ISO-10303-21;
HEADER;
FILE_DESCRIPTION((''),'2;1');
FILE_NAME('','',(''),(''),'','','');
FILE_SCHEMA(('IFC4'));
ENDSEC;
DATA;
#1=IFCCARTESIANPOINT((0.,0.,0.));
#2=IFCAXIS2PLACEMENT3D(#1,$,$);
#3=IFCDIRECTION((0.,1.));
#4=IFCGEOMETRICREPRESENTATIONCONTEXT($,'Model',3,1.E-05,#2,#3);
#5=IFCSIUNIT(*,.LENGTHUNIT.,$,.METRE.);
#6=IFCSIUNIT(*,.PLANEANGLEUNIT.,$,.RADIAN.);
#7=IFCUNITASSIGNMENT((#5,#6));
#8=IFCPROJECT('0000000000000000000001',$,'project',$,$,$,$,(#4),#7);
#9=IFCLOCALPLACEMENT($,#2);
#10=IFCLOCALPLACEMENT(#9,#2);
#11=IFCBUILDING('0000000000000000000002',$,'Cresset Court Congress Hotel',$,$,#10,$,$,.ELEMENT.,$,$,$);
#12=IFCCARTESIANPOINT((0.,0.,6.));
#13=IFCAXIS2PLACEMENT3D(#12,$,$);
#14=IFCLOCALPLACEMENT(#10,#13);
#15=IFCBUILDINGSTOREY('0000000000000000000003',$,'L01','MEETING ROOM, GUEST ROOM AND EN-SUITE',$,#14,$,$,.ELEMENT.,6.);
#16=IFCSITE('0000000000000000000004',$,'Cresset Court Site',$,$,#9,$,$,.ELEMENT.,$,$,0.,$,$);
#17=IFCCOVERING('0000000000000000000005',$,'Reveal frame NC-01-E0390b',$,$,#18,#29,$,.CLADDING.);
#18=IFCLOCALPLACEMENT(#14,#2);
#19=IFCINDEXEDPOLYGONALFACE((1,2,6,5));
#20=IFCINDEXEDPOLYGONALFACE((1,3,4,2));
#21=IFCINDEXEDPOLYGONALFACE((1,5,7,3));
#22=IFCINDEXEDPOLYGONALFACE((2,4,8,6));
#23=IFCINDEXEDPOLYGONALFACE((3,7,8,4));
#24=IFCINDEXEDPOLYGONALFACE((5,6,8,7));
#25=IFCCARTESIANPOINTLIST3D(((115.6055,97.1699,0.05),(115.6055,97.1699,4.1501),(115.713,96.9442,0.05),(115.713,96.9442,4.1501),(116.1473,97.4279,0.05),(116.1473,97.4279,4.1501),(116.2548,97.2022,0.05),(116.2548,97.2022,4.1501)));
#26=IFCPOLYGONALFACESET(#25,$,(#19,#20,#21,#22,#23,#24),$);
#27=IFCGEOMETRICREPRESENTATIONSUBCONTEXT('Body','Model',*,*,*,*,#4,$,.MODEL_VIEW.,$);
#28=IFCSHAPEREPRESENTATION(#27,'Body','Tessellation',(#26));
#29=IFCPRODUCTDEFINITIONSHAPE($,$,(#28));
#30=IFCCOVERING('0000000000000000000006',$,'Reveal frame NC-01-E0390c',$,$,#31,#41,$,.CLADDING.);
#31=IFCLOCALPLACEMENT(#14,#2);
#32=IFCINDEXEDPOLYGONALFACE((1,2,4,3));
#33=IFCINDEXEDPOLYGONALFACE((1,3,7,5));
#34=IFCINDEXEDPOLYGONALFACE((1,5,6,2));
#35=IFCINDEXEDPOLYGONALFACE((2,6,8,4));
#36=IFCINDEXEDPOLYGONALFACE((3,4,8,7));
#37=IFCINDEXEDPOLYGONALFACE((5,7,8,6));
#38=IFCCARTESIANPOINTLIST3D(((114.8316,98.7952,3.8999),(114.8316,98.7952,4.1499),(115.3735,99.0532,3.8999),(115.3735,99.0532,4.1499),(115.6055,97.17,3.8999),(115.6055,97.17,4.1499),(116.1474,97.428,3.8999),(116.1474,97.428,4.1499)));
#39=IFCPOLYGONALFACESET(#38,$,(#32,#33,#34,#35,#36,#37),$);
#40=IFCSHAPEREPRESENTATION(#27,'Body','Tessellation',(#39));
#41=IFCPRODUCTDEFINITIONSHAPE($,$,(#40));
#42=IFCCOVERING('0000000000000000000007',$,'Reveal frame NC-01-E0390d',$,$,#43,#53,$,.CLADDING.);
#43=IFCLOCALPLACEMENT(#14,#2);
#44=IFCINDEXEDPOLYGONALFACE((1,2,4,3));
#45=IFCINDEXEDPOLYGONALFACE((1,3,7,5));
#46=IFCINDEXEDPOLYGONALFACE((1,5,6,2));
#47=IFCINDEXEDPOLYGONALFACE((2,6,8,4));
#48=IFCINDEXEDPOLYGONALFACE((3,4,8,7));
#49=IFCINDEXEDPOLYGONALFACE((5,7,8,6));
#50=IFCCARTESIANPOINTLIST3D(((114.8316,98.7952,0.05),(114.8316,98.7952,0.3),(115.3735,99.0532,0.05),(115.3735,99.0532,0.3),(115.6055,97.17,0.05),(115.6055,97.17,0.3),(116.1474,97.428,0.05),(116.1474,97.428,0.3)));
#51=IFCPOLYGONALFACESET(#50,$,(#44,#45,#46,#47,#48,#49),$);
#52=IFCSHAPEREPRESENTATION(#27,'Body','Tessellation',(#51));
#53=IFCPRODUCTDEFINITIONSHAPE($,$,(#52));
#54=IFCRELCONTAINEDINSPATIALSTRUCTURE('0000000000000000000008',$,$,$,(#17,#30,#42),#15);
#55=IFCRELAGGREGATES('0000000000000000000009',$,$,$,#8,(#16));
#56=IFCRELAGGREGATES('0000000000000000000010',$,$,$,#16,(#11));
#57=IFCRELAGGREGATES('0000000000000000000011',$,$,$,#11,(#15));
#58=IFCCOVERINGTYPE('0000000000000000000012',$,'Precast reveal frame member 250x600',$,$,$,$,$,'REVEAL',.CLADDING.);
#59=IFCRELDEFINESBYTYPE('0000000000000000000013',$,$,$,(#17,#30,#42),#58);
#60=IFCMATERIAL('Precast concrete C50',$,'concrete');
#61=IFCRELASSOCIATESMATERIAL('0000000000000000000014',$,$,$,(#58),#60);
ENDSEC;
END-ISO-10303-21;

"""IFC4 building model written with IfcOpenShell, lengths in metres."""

from ifc_helpers import new_model, si_unit, direction, frame, origin, origin_2d, place, context, subcontext, project, spatial, rectangle, extrude, material, type_object, element, save


model = new_model("IFC4")

# Units and contexts
model_context = context("Model", 3, precision=1e-05, world=origin(), true_north=direction((0.0, 1.0)))
body_context = subcontext(model_context, "Body", "Model", "MODEL_VIEW")
ifc_project = project(units=[si_unit("LENGTHUNIT", "METRE"), si_unit("PLANEANGLEUNIT", "RADIAN")], contexts=[model_context])

# Site, building, storey
site_placement = place(None, origin())
site = spatial("IfcSite", under=ifc_project, at=site_placement, Name="Cresset Court Site", CompositionType="ELEMENT", RefElevation=0.0)
building_placement = place(site_placement, origin())
building = spatial("IfcBuilding", under=site, at=building_placement, Name="Cresset Court Congress Hotel", CompositionType="ELEMENT")
storey_placement = place(building_placement, frame((0.0, 0.0, 6.0)))
storey = spatial("IfcBuildingStorey", under=building, at=storey_placement, Name="L01", Description="MEETING ROOM, GUEST ROOM AND EN-SUITE", CompositionType="ELEMENT", Elevation=6.0)

# Coverings
ifc_material_1 = material(Name="Precast concrete C50", Category="concrete")
covering_type = type_object("IfcCoveringType", Name="Precast reveal frame member 250x600", ElementType="REVEAL", PredefinedType="CLADDING", material=ifc_material_1)
for number, where, z_axis, x_axis, name in (
    (1, (115.9302, 97.186, 0.05), (0.0, 0.0, 1.0), (0.429933, -0.902861, 0.0), "Reveal frame NC-01-E0390b"),
):
    element("IfcCovering", number, at=place(storey_placement, frame(where, z_axis=z_axis, x_axis=x_axis)), inside=storey, type_object=covering_type, Name=name, PredefinedType="CLADDING", context=body_context, shape_type="SweptSolid", body=[
        extrude(rectangle(XDim=0.25, YDim=0.6001, at=origin_2d()), origin(), (0.0, 0.0, 1.0), 4.1001),
    ])
for number, where, z_axis, x_axis, name in (
    (2, (115.4895, 98.1116, 3.8999), (0.0, 0.0, 1.0), (0.429933, -0.902861, 0.0), "Reveal frame NC-01-E0390c"),
    (3, (115.4895, 98.1116, 0.05), (0.0, 0.0, 1.0), (0.429933, -0.902861, 0.0), "Reveal frame NC-01-E0390d"),
):
    element("IfcCovering", number, at=place(storey_placement, frame(where, z_axis=z_axis, x_axis=x_axis)), inside=storey, type_object=covering_type, Name=name, PredefinedType="CLADDING", context=body_context, shape_type="SweptSolid", body=[
        extrude(rectangle(XDim=1.8, YDim=0.6001, at=origin_2d()), origin(), (0.0, 0.0, 1.0), 0.25),
    ])

save(model, "model.ifc")
